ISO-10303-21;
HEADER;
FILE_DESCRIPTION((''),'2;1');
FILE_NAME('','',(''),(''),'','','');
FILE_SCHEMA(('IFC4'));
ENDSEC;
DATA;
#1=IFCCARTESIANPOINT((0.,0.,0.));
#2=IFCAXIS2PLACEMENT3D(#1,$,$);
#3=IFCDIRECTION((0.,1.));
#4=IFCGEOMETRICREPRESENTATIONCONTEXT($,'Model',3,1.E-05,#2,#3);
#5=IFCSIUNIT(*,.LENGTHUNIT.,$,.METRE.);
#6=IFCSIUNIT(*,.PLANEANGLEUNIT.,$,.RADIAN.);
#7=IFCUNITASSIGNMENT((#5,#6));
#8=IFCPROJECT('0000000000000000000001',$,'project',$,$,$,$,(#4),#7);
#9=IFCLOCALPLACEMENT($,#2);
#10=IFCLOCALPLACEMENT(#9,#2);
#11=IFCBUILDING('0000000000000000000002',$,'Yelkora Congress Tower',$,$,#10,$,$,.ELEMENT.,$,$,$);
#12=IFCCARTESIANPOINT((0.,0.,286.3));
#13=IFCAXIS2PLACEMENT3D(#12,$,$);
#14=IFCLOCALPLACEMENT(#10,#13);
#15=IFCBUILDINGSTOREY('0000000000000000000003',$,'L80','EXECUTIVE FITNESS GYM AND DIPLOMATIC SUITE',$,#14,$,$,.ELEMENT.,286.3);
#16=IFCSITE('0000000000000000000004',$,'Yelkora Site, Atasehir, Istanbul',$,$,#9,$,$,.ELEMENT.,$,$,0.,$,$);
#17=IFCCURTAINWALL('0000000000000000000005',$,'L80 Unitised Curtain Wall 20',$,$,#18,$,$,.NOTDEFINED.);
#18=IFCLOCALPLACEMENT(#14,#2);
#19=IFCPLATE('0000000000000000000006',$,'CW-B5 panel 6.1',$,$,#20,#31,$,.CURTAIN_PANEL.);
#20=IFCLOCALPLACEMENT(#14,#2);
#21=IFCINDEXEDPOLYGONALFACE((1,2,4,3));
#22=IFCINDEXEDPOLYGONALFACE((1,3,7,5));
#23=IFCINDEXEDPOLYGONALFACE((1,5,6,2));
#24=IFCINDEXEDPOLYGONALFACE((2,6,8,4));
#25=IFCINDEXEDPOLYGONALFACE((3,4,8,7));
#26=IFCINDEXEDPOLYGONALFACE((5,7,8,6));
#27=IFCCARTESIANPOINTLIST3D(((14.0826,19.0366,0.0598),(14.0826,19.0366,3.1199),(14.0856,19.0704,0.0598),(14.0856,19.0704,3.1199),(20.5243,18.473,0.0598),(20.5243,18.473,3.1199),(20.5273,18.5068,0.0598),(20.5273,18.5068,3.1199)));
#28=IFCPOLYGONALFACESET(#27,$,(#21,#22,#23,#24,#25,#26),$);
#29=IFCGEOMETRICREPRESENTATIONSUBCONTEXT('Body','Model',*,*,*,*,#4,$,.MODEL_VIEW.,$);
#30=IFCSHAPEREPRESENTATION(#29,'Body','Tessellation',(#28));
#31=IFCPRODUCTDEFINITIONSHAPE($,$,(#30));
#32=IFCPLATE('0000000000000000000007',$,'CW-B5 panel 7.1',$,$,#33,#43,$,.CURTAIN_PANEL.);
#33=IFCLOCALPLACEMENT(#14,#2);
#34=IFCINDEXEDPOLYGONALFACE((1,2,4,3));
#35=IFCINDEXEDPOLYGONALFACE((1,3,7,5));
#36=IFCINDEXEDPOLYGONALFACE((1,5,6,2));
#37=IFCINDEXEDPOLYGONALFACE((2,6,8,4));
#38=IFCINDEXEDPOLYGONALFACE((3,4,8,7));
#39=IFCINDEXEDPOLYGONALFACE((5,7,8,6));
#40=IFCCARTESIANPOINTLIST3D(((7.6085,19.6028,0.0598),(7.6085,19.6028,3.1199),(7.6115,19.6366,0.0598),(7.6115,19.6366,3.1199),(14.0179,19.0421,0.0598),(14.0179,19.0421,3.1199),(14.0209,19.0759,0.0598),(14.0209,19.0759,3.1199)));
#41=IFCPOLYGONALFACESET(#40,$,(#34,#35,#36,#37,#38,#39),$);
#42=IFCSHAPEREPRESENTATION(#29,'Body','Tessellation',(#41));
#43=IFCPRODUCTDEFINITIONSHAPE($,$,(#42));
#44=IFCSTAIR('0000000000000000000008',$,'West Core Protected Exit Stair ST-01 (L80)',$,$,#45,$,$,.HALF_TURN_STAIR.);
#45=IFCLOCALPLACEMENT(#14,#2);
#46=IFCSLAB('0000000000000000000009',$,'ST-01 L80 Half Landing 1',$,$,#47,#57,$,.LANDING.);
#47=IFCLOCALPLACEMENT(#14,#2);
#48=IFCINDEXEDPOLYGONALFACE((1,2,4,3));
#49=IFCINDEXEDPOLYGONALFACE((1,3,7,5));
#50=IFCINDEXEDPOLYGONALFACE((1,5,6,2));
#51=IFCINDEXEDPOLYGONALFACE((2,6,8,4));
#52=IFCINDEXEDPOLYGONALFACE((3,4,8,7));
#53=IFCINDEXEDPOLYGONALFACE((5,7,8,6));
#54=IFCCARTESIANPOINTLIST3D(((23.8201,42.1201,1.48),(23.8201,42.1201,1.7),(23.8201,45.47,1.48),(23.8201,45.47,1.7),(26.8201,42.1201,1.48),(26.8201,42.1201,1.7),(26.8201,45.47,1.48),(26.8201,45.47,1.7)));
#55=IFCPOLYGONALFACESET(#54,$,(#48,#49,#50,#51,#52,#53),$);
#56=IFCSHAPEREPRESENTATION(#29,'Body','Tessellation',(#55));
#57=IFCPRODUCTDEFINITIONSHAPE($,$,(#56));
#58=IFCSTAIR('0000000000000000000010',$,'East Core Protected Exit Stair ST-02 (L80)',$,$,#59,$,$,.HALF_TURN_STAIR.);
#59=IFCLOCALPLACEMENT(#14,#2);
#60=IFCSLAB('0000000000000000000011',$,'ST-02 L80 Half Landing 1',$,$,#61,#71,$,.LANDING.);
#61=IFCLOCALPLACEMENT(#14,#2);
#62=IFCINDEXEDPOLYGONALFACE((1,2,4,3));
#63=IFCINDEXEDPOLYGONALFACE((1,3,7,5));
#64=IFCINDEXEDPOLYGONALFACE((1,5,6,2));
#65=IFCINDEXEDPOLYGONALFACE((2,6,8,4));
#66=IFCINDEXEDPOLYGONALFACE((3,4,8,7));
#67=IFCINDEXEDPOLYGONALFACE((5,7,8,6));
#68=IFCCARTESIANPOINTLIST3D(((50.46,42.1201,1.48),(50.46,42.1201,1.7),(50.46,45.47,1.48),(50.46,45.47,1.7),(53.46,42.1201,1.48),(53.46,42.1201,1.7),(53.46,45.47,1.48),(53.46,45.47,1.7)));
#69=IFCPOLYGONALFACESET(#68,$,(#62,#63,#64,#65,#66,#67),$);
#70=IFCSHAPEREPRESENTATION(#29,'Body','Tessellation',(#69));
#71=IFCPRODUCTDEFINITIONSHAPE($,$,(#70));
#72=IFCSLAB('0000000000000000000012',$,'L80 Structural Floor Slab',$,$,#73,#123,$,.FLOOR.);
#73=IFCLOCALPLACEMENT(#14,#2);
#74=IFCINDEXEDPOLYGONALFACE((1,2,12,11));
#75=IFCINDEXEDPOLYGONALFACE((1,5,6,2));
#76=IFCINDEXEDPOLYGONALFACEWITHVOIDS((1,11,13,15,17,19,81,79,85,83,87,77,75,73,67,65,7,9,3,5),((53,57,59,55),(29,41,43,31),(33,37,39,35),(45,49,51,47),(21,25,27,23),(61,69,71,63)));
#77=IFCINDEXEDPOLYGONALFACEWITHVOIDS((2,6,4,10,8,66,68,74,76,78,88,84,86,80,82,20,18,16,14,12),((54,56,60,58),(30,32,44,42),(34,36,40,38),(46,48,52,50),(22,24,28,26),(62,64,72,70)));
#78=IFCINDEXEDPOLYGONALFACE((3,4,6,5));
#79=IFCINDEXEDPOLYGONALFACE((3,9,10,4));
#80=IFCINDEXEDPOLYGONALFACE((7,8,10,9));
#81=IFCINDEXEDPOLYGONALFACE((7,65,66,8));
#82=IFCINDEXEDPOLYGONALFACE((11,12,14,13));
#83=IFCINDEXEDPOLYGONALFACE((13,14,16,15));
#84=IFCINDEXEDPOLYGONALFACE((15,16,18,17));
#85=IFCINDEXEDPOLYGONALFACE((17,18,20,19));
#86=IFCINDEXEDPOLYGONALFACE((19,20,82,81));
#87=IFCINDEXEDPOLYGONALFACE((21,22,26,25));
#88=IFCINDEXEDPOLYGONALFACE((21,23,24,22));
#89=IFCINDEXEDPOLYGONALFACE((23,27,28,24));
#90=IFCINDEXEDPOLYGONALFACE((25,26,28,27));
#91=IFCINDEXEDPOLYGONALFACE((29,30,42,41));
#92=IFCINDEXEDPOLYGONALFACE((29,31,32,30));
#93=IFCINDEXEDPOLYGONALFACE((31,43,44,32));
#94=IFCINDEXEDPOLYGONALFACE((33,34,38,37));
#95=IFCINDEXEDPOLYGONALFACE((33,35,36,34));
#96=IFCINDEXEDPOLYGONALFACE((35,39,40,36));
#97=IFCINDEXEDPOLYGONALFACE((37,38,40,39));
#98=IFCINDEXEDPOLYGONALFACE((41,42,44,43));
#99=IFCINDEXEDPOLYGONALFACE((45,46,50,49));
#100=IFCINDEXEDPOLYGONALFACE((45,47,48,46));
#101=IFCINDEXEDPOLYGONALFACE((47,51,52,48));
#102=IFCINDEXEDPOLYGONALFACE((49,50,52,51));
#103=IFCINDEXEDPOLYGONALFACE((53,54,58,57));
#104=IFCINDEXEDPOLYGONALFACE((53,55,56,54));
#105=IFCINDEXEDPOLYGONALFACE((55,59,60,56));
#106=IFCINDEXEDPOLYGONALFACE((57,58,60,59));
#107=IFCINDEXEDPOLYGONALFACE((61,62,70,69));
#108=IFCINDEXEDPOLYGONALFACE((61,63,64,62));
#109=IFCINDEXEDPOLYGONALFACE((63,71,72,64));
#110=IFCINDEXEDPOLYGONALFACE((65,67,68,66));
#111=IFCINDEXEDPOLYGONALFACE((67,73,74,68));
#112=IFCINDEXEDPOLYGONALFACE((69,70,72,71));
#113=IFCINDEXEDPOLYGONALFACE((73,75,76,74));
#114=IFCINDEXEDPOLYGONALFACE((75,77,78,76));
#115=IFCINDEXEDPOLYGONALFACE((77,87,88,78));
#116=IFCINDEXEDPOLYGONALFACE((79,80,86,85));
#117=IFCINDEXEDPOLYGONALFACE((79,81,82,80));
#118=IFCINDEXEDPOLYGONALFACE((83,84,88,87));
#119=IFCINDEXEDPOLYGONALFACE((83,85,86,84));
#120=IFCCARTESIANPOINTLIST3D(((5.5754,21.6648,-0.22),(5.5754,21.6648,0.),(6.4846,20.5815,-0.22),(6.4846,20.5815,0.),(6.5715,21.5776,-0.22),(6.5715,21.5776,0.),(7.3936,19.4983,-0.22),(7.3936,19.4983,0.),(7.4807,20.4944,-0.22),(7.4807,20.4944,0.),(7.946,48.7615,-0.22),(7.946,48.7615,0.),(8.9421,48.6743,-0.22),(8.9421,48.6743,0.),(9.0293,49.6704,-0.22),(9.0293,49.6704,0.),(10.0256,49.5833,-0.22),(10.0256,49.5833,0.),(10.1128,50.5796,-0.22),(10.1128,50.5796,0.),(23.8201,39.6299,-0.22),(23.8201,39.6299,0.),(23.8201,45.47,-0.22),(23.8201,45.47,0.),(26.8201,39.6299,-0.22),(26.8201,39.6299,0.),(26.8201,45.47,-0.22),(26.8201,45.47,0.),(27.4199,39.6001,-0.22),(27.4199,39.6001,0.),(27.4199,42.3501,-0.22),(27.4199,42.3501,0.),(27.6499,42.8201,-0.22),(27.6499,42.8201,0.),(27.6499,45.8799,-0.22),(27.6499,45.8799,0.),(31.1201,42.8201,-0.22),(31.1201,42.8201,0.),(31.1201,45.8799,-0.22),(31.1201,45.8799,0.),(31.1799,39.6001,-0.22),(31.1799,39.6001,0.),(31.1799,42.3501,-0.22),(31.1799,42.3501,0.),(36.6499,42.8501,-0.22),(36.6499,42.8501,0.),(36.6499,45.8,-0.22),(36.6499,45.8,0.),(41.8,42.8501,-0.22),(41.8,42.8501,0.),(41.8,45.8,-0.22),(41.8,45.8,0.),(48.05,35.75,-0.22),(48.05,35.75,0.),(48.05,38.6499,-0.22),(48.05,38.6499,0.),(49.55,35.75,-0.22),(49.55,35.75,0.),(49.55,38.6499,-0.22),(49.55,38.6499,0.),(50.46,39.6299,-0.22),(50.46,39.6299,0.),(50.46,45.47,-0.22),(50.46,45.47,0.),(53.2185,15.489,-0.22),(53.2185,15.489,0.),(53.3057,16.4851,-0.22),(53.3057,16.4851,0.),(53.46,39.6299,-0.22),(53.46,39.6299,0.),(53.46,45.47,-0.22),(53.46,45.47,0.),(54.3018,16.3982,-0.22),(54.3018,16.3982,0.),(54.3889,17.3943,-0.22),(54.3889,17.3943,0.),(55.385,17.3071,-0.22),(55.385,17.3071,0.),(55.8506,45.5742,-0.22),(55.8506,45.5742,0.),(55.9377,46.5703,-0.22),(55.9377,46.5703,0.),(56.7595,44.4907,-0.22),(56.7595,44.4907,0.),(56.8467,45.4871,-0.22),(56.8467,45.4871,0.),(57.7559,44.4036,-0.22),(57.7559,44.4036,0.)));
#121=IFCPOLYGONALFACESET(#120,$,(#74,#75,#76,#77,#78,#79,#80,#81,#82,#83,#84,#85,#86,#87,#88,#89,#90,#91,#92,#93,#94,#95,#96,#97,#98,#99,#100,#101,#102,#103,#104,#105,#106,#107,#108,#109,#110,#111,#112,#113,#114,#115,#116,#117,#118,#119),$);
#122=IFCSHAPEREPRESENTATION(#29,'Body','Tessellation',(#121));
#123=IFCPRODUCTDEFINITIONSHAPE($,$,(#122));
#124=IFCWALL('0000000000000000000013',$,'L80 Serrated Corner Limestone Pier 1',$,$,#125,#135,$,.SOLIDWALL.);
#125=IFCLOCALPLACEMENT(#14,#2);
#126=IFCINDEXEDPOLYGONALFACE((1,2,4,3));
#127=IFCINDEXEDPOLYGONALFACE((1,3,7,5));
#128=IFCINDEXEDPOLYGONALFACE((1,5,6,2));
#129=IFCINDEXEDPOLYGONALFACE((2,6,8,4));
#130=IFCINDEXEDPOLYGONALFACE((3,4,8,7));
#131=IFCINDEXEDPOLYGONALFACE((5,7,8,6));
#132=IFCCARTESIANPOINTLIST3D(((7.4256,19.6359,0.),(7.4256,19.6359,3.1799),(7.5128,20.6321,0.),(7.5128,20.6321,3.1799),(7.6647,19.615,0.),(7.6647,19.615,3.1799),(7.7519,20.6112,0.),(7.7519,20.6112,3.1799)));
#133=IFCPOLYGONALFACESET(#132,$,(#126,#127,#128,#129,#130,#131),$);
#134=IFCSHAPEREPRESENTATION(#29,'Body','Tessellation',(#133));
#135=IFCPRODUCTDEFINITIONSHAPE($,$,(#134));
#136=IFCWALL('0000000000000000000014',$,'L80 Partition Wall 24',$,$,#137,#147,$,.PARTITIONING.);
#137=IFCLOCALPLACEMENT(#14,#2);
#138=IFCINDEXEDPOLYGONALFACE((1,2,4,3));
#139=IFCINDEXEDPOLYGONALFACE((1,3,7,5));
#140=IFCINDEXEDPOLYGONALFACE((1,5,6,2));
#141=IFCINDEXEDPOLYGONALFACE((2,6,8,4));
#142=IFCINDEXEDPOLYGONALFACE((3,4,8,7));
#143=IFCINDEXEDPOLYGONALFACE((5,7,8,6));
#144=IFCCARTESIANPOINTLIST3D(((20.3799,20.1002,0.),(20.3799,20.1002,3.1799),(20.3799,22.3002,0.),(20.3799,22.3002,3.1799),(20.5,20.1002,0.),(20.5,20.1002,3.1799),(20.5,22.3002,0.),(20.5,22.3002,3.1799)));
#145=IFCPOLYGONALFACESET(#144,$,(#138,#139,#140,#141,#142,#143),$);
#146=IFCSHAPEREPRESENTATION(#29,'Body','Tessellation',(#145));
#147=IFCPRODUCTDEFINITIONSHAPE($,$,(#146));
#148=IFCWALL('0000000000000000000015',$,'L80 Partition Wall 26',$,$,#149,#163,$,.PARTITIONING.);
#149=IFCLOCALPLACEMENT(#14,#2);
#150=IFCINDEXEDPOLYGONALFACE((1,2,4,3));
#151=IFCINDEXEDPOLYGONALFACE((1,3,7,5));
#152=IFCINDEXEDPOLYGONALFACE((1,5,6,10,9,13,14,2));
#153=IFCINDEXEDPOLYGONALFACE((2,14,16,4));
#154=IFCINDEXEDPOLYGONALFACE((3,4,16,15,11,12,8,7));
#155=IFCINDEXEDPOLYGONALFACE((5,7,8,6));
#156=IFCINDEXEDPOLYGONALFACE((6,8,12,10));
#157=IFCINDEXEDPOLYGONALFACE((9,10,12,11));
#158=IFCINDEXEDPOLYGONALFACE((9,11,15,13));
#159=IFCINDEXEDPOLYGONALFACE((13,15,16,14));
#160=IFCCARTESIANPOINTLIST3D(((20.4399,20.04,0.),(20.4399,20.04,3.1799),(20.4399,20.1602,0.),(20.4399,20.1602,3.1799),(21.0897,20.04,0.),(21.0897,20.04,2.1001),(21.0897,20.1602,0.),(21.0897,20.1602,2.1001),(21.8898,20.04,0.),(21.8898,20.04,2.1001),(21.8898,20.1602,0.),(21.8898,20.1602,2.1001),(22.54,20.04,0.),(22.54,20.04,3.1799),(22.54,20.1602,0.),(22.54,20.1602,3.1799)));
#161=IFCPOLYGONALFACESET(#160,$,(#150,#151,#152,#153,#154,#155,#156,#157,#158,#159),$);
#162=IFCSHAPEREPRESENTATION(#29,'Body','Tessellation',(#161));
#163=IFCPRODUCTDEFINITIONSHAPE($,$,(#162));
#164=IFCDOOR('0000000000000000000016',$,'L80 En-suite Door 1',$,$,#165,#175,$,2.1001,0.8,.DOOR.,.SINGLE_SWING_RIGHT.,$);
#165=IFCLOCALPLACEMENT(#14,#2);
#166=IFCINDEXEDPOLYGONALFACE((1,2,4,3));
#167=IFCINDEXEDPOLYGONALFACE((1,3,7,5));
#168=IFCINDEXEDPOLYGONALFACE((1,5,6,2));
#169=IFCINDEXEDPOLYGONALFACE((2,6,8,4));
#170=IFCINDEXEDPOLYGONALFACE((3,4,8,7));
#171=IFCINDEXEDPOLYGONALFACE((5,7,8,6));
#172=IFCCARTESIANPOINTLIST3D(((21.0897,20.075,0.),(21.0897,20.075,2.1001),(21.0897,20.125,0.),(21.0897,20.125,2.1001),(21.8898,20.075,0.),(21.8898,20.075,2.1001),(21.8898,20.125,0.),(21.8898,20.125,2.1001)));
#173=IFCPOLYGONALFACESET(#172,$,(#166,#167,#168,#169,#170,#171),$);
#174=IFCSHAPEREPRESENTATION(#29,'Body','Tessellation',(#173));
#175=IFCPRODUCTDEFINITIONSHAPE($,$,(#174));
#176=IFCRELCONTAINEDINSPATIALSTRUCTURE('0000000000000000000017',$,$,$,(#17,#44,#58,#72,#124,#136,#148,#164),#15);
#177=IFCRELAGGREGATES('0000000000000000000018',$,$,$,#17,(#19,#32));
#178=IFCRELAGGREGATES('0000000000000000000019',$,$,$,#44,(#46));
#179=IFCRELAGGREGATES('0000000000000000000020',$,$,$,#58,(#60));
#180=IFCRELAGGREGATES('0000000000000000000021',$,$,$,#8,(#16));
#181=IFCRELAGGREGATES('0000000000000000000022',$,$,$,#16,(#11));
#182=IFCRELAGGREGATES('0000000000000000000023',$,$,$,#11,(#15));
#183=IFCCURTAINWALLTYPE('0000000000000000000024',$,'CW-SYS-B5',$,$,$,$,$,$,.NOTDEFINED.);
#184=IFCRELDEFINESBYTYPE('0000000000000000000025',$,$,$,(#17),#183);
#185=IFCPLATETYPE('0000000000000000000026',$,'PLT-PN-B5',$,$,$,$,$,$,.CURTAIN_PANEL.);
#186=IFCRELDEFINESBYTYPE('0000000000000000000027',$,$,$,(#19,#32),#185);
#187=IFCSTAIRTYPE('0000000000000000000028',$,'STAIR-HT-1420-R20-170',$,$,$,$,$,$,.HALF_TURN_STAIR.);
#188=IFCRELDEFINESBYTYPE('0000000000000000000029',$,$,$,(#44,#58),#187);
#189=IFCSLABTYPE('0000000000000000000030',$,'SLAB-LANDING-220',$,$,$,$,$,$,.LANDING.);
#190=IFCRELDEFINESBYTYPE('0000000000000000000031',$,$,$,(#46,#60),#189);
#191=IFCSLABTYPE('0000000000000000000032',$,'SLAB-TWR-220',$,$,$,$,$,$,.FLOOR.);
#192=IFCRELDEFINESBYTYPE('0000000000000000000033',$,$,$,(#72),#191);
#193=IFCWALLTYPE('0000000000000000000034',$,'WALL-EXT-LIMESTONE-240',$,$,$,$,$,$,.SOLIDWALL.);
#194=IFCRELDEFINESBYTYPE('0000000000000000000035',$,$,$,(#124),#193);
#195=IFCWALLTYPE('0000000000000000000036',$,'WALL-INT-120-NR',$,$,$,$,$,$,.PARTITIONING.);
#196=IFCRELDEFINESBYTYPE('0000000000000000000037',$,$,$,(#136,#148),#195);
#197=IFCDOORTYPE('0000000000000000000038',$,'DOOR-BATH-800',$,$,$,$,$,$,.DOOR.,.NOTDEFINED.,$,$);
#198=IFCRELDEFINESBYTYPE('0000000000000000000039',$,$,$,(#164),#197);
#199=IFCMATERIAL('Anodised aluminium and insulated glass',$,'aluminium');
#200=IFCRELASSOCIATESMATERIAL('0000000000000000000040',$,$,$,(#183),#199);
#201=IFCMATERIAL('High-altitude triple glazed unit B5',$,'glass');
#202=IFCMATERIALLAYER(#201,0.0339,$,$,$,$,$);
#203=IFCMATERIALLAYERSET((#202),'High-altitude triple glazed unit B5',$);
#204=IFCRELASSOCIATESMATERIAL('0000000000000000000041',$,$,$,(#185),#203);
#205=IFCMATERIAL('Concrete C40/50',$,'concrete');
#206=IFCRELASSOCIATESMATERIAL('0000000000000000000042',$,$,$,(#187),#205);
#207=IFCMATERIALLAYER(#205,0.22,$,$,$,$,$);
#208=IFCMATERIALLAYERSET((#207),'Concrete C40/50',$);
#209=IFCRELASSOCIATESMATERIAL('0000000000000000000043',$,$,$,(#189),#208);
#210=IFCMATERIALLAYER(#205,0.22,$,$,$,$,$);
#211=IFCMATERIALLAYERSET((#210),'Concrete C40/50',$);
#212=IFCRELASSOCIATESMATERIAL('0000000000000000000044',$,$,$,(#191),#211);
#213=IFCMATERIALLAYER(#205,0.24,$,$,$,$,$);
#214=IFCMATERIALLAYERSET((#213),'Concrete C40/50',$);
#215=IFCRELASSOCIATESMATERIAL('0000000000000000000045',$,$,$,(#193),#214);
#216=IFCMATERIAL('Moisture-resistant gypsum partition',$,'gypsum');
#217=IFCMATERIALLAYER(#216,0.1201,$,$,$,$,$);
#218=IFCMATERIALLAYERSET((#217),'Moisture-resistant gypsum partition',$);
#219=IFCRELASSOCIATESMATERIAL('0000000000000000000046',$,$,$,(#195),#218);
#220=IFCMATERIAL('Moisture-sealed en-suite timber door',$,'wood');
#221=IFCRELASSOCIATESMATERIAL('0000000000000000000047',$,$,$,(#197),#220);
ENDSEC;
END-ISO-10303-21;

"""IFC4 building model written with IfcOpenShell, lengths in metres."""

from ifc_helpers import new_model, si_unit, direction, frame, frame_2d, origin, origin_2d, place, context, subcontext, project, spatial, polyline, rectangle, outline, extrude, material, layer, layer_set, type_object, element, fill, aggregate, save


model = new_model("IFC4")

# Units and contexts
model_context = context("Model", 3, precision=1e-05, world=origin(), true_north=direction((0.0, 1.0)))
body_context = subcontext(model_context, "Body", "Model", "MODEL_VIEW")
ifc_project = project(units=[si_unit("LENGTHUNIT", "METRE"), si_unit("PLANEANGLEUNIT", "RADIAN")], contexts=[model_context])

# Site, building, storey
site_placement = place(None, origin())
site = spatial("IfcSite", under=ifc_project, at=site_placement, Name="Yelkora Site, Atasehir, Istanbul", CompositionType="ELEMENT", RefElevation=0.0)
building_placement = place(site_placement, origin())
building = spatial("IfcBuilding", under=site, at=building_placement, Name="Yelkora Congress Tower", CompositionType="ELEMENT")
storey_placement = place(building_placement, frame((0.0, 0.0, 286.3)))
storey = spatial("IfcBuildingStorey", under=building, at=storey_placement, Name="L80", Description="EXECUTIVE FITNESS GYM AND DIPLOMATIC SUITE", CompositionType="ELEMENT", Elevation=286.3)

# Curtain wall, plates
ifc_material_1 = material(Name="Anodised aluminium and insulated glass", Category="aluminium")
curtain_wall_type = type_object("IfcCurtainWallType", Name="CW-SYS-B5", PredefinedType="NOTDEFINED", material=ifc_material_1)
curtain_wall_placement = place(storey_placement, origin())
curtain_wall = element("IfcCurtainWall", 1, at=curtain_wall_placement, inside=storey, type_object=curtain_wall_type, Name="L80 Unitised Curtain Wall 20", PredefinedType="NOTDEFINED")
ifc_material_2 = material(Name="High-altitude triple glazed unit B5", Category="glass")
ifc_layer_1 = layer(ifc_material_2, 0.0339)
ifc_layer_set_1 = layer_set([ifc_layer_1], Name="High-altitude triple glazed unit B5")
plate_type = type_object("IfcPlateType", Name="PLT-PN-B5", PredefinedType="CURTAIN_PANEL", material=ifc_layer_set_1)
plate_1_placement = place(storey_placement, frame((17.3049, 18.7717, 0.0598), z_axis=(0.0, 0.0, 1.0), x_axis=(-0.996195, 0.087157, 0.0)))
plate_1 = element("IfcPlate", 2, at=plate_1_placement, type_object=plate_type, Name="CW-B5 panel 6.1", PredefinedType="CURTAIN_PANEL", context=body_context, shape_type="SweptSolid", body=[
    extrude(rectangle(XDim=6.4663, YDim=0.0339, at=origin_2d()), origin(), (0.0, 0.0, 1.0), 3.0601),
])
plate_2_placement = place(storey_placement, frame((10.8147, 19.3394, 0.0598), z_axis=(0.0, 0.0, 1.0), x_axis=(-0.996195, 0.087157, 0.0)))
plate_2 = element("IfcPlate", 3, at=plate_2_placement, type_object=plate_type, Name="CW-B5 panel 7.1", PredefinedType="CURTAIN_PANEL", context=body_context, shape_type="SweptSolid", body=[
    extrude(rectangle(XDim=6.4338, YDim=0.0339, at=origin_2d()), origin(), (0.0, 0.0, 1.0), 3.0601),
])
aggregate(curtain_wall, [plate_1, plate_2])

# Stairs, slabs
ifc_material_3 = material(Name="Concrete C40/50", Category="concrete")
stair_type = type_object("IfcStairType", Name="STAIR-HT-1420-R20-170", PredefinedType="HALF_TURN_STAIR", material=ifc_material_3)
stair_1_placement = place(storey_placement, origin())
stair_1 = element("IfcStair", 4, at=stair_1_placement, inside=storey, type_object=stair_type, Name="West Core Protected Exit Stair ST-01 (L80)", PredefinedType="HALF_TURN_STAIR")
ifc_layer_2 = layer(ifc_material_3, 0.22)
ifc_layer_set_2 = layer_set([ifc_layer_2], Name="Concrete C40/50")
slab_type_1 = type_object("IfcSlabType", Name="SLAB-LANDING-220", PredefinedType="LANDING", material=ifc_layer_set_2)
slab_1_placement = place(storey_placement, frame((0.0, 0.0, 1.48)))
slab_1 = element("IfcSlab", 5, at=slab_1_placement, type_object=slab_type_1, Name="ST-01 L80 Half Landing 1", PredefinedType="LANDING", context=body_context, shape_type="SweptSolid", body=[
    extrude(outline(polyline([(26.8201, 42.1201), (26.8201, 45.47), (23.8201, 45.47), (23.8201, 42.1201), (26.8201, 42.1201)])), origin(), (0.0, 0.0, 1.0), 0.22),
])
aggregate(stair_1, [slab_1])
stair_2_placement = place(storey_placement, origin())
stair_2 = element("IfcStair", 6, at=stair_2_placement, inside=storey, type_object=stair_type, Name="East Core Protected Exit Stair ST-02 (L80)", PredefinedType="HALF_TURN_STAIR")
slab_2_placement = place(storey_placement, frame((0.0, 0.0, 1.48)))
slab_2 = element("IfcSlab", 7, at=slab_2_placement, type_object=slab_type_1, Name="ST-02 L80 Half Landing 1", PredefinedType="LANDING", context=body_context, shape_type="SweptSolid", body=[
    extrude(outline(polyline([(53.46, 42.1201), (53.46, 45.47), (50.46, 45.47), (50.46, 42.1201), (53.46, 42.1201)])), origin(), (0.0, 0.0, 1.0), 0.22),
])
aggregate(stair_2, [slab_2])

# Slab
ifc_layer_3 = layer(ifc_material_3, 0.22)
ifc_layer_set_3 = layer_set([ifc_layer_3], Name="Concrete C40/50")
slab_type_2 = type_object("IfcSlabType", Name="SLAB-TWR-220", PredefinedType="FLOOR", material=ifc_layer_set_3)
slab_3_placement = place(storey_placement, frame((0.0, 0.0, -0.22)))
element("IfcSlab", 8, at=slab_3_placement, inside=storey, type_object=slab_type_2, Name="L80 Structural Floor Slab", PredefinedType="FLOOR", context=body_context, shape_type="SweptSolid", body=[
    extrude(outline(polyline([(7.3936, 19.4983), (53.2185, 15.489), (53.3057, 16.4851), (54.3018, 16.3982), (54.3889, 17.3943), (55.385, 17.3071), (57.7559, 44.4036), (56.7595, 44.4907), (56.8467, 45.4871), (55.8506, 45.5742), (55.9377, 46.5703), (10.1128, 50.5796), (10.0256, 49.5833), (9.0293, 49.6704), (8.9421, 48.6743), (7.946, 48.7615), (5.5754, 21.6648), (6.5715, 21.5776), (6.4846, 20.5815), (7.4807, 20.4944), (7.3936, 19.4983)]), holes=[polyline([(23.8201, 39.6299), (26.8201, 39.6299), (26.8201, 45.47), (23.8201, 45.47), (23.8201, 39.6299)]), polyline([(50.46, 39.6299), (53.46, 39.6299), (53.46, 45.47), (50.46, 45.47), (50.46, 39.6299)]), polyline([(48.05, 35.75), (49.55, 35.75), (49.55, 38.6499), (48.05, 38.6499), (48.05, 35.75)]), polyline([(36.6499, 42.8501), (41.8, 42.8501), (41.8, 45.8), (36.6499, 45.8), (36.6499, 42.8501)]), polyline([(27.4199, 39.6001), (31.1799, 39.6001), (31.1799, 42.3501), (27.4199, 42.3501), (27.4199, 39.6001)]), polyline([(27.6499, 42.8201), (31.1201, 42.8201), (31.1201, 45.8799), (27.6499, 45.8799), (27.6499, 42.8201)])]), origin(), (0.0, 0.0, 1.0), 0.22),
])

# Walls
ifc_layer_4 = layer(ifc_material_3, 0.24)
ifc_layer_set_4 = layer_set([ifc_layer_4], Name="Concrete C40/50")
wall_type_1 = type_object("IfcWallType", Name="WALL-EXT-LIMESTONE-240", PredefinedType="SOLIDWALL", material=ifc_layer_set_4)
wall_1_placement = place(storey_placement, frame((7.5452, 19.6255, 0.0), z_axis=(0.0, 0.0, 1.0), x_axis=(0.087167, 0.996194, 0.0)))
element("IfcWall", 9, at=wall_1_placement, inside=storey, type_object=wall_type_1, Name="L80 Serrated Corner Limestone Pier 1", PredefinedType="SOLIDWALL", context=body_context, shape_type="SweptSolid", body=[
    extrude(rectangle(XDim=1.0, YDim=0.24, at=frame_2d((0.5, 0.0))), origin(), (0.0, 0.0, 1.0), 3.1799),
])
ifc_material_4 = material(Name="Moisture-resistant gypsum partition", Category="gypsum")
ifc_layer_5 = layer(ifc_material_4, 0.1201)
ifc_layer_set_5 = layer_set([ifc_layer_5], Name="Moisture-resistant gypsum partition")
wall_type_2 = type_object("IfcWallType", Name="WALL-INT-120-NR", PredefinedType="PARTITIONING", material=ifc_layer_set_5)
wall_2_placement = place(storey_placement, frame((20.4399, 20.1001, 0.0), z_axis=(0.0, 0.0, 1.0), x_axis=(0.0, 1.0, 0.0)))
element("IfcWall", 10, at=wall_2_placement, inside=storey, type_object=wall_type_2, Name="L80 Partition Wall 24", PredefinedType="PARTITIONING", context=body_context, shape_type="SweptSolid", body=[
    extrude(rectangle(XDim=2.2, YDim=0.1201, at=frame_2d((1.1001, 0.0))), origin(), (0.0, 0.0, 1.0), 3.1799),
])

# Wall, opening, door
wall_3_placement = place(storey_placement, frame((20.4399, 20.1001, 0.0), z_axis=(0.0, 0.0, 1.0), x_axis=(1.0, 0.0, 0.0)))
wall_3 = element("IfcWall", 11, at=wall_3_placement, inside=storey, type_object=wall_type_2, Name="L80 Partition Wall 26", PredefinedType="PARTITIONING", context=body_context, shape_type="SweptSolid", body=[
    extrude(rectangle(XDim=2.1001, YDim=0.1201, at=frame_2d((1.05, 0.0))), origin(), (0.0, 0.0, 1.0), 3.1799),
])
opening_placement = place(wall_3_placement, frame((0.6499, 0.0, 0.0)))
opening = element("IfcOpeningElement", 12, at=opening_placement, cuts=wall_3, PredefinedType="OPENING", context=body_context, shape_type="SweptSolid", body=[
    extrude(rectangle(XDim=0.8, YDim=2.1001, at=frame_2d((0.3999, 1.05))), frame((0.0, 0.0701, 0.0), z_axis=(0.0, -1.0, 0.0), x_axis=(1.0, 0.0, 0.0)), (0.0, 0.0, 1.0), 0.1401),
])
ifc_material_5 = material(Name="Moisture-sealed en-suite timber door", Category="wood")
door_type = type_object("IfcDoorType", Name="DOOR-BATH-800", OperationType="NOTDEFINED", PredefinedType="DOOR", material=ifc_material_5)
door_placement = place(opening_placement, origin())
door = element("IfcDoor", 13, at=door_placement, inside=storey, type_object=door_type, Name="L80 En-suite Door 1", OperationType="SINGLE_SWING_RIGHT", OverallHeight=2.1001, OverallWidth=0.8, PredefinedType="DOOR", context=body_context, shape_type="SweptSolid", body=[
    extrude(rectangle(XDim=0.8, YDim=2.1001, at=frame_2d((0.3999, 1.05))), frame((0.0, 0.0249, 0.0), z_axis=(0.0, -1.0, 0.0), x_axis=(1.0, 0.0, 0.0)), (0.0, 0.0, 1.0), 0.05),
])
fill(opening, door)

save(model, "model.ifc")
